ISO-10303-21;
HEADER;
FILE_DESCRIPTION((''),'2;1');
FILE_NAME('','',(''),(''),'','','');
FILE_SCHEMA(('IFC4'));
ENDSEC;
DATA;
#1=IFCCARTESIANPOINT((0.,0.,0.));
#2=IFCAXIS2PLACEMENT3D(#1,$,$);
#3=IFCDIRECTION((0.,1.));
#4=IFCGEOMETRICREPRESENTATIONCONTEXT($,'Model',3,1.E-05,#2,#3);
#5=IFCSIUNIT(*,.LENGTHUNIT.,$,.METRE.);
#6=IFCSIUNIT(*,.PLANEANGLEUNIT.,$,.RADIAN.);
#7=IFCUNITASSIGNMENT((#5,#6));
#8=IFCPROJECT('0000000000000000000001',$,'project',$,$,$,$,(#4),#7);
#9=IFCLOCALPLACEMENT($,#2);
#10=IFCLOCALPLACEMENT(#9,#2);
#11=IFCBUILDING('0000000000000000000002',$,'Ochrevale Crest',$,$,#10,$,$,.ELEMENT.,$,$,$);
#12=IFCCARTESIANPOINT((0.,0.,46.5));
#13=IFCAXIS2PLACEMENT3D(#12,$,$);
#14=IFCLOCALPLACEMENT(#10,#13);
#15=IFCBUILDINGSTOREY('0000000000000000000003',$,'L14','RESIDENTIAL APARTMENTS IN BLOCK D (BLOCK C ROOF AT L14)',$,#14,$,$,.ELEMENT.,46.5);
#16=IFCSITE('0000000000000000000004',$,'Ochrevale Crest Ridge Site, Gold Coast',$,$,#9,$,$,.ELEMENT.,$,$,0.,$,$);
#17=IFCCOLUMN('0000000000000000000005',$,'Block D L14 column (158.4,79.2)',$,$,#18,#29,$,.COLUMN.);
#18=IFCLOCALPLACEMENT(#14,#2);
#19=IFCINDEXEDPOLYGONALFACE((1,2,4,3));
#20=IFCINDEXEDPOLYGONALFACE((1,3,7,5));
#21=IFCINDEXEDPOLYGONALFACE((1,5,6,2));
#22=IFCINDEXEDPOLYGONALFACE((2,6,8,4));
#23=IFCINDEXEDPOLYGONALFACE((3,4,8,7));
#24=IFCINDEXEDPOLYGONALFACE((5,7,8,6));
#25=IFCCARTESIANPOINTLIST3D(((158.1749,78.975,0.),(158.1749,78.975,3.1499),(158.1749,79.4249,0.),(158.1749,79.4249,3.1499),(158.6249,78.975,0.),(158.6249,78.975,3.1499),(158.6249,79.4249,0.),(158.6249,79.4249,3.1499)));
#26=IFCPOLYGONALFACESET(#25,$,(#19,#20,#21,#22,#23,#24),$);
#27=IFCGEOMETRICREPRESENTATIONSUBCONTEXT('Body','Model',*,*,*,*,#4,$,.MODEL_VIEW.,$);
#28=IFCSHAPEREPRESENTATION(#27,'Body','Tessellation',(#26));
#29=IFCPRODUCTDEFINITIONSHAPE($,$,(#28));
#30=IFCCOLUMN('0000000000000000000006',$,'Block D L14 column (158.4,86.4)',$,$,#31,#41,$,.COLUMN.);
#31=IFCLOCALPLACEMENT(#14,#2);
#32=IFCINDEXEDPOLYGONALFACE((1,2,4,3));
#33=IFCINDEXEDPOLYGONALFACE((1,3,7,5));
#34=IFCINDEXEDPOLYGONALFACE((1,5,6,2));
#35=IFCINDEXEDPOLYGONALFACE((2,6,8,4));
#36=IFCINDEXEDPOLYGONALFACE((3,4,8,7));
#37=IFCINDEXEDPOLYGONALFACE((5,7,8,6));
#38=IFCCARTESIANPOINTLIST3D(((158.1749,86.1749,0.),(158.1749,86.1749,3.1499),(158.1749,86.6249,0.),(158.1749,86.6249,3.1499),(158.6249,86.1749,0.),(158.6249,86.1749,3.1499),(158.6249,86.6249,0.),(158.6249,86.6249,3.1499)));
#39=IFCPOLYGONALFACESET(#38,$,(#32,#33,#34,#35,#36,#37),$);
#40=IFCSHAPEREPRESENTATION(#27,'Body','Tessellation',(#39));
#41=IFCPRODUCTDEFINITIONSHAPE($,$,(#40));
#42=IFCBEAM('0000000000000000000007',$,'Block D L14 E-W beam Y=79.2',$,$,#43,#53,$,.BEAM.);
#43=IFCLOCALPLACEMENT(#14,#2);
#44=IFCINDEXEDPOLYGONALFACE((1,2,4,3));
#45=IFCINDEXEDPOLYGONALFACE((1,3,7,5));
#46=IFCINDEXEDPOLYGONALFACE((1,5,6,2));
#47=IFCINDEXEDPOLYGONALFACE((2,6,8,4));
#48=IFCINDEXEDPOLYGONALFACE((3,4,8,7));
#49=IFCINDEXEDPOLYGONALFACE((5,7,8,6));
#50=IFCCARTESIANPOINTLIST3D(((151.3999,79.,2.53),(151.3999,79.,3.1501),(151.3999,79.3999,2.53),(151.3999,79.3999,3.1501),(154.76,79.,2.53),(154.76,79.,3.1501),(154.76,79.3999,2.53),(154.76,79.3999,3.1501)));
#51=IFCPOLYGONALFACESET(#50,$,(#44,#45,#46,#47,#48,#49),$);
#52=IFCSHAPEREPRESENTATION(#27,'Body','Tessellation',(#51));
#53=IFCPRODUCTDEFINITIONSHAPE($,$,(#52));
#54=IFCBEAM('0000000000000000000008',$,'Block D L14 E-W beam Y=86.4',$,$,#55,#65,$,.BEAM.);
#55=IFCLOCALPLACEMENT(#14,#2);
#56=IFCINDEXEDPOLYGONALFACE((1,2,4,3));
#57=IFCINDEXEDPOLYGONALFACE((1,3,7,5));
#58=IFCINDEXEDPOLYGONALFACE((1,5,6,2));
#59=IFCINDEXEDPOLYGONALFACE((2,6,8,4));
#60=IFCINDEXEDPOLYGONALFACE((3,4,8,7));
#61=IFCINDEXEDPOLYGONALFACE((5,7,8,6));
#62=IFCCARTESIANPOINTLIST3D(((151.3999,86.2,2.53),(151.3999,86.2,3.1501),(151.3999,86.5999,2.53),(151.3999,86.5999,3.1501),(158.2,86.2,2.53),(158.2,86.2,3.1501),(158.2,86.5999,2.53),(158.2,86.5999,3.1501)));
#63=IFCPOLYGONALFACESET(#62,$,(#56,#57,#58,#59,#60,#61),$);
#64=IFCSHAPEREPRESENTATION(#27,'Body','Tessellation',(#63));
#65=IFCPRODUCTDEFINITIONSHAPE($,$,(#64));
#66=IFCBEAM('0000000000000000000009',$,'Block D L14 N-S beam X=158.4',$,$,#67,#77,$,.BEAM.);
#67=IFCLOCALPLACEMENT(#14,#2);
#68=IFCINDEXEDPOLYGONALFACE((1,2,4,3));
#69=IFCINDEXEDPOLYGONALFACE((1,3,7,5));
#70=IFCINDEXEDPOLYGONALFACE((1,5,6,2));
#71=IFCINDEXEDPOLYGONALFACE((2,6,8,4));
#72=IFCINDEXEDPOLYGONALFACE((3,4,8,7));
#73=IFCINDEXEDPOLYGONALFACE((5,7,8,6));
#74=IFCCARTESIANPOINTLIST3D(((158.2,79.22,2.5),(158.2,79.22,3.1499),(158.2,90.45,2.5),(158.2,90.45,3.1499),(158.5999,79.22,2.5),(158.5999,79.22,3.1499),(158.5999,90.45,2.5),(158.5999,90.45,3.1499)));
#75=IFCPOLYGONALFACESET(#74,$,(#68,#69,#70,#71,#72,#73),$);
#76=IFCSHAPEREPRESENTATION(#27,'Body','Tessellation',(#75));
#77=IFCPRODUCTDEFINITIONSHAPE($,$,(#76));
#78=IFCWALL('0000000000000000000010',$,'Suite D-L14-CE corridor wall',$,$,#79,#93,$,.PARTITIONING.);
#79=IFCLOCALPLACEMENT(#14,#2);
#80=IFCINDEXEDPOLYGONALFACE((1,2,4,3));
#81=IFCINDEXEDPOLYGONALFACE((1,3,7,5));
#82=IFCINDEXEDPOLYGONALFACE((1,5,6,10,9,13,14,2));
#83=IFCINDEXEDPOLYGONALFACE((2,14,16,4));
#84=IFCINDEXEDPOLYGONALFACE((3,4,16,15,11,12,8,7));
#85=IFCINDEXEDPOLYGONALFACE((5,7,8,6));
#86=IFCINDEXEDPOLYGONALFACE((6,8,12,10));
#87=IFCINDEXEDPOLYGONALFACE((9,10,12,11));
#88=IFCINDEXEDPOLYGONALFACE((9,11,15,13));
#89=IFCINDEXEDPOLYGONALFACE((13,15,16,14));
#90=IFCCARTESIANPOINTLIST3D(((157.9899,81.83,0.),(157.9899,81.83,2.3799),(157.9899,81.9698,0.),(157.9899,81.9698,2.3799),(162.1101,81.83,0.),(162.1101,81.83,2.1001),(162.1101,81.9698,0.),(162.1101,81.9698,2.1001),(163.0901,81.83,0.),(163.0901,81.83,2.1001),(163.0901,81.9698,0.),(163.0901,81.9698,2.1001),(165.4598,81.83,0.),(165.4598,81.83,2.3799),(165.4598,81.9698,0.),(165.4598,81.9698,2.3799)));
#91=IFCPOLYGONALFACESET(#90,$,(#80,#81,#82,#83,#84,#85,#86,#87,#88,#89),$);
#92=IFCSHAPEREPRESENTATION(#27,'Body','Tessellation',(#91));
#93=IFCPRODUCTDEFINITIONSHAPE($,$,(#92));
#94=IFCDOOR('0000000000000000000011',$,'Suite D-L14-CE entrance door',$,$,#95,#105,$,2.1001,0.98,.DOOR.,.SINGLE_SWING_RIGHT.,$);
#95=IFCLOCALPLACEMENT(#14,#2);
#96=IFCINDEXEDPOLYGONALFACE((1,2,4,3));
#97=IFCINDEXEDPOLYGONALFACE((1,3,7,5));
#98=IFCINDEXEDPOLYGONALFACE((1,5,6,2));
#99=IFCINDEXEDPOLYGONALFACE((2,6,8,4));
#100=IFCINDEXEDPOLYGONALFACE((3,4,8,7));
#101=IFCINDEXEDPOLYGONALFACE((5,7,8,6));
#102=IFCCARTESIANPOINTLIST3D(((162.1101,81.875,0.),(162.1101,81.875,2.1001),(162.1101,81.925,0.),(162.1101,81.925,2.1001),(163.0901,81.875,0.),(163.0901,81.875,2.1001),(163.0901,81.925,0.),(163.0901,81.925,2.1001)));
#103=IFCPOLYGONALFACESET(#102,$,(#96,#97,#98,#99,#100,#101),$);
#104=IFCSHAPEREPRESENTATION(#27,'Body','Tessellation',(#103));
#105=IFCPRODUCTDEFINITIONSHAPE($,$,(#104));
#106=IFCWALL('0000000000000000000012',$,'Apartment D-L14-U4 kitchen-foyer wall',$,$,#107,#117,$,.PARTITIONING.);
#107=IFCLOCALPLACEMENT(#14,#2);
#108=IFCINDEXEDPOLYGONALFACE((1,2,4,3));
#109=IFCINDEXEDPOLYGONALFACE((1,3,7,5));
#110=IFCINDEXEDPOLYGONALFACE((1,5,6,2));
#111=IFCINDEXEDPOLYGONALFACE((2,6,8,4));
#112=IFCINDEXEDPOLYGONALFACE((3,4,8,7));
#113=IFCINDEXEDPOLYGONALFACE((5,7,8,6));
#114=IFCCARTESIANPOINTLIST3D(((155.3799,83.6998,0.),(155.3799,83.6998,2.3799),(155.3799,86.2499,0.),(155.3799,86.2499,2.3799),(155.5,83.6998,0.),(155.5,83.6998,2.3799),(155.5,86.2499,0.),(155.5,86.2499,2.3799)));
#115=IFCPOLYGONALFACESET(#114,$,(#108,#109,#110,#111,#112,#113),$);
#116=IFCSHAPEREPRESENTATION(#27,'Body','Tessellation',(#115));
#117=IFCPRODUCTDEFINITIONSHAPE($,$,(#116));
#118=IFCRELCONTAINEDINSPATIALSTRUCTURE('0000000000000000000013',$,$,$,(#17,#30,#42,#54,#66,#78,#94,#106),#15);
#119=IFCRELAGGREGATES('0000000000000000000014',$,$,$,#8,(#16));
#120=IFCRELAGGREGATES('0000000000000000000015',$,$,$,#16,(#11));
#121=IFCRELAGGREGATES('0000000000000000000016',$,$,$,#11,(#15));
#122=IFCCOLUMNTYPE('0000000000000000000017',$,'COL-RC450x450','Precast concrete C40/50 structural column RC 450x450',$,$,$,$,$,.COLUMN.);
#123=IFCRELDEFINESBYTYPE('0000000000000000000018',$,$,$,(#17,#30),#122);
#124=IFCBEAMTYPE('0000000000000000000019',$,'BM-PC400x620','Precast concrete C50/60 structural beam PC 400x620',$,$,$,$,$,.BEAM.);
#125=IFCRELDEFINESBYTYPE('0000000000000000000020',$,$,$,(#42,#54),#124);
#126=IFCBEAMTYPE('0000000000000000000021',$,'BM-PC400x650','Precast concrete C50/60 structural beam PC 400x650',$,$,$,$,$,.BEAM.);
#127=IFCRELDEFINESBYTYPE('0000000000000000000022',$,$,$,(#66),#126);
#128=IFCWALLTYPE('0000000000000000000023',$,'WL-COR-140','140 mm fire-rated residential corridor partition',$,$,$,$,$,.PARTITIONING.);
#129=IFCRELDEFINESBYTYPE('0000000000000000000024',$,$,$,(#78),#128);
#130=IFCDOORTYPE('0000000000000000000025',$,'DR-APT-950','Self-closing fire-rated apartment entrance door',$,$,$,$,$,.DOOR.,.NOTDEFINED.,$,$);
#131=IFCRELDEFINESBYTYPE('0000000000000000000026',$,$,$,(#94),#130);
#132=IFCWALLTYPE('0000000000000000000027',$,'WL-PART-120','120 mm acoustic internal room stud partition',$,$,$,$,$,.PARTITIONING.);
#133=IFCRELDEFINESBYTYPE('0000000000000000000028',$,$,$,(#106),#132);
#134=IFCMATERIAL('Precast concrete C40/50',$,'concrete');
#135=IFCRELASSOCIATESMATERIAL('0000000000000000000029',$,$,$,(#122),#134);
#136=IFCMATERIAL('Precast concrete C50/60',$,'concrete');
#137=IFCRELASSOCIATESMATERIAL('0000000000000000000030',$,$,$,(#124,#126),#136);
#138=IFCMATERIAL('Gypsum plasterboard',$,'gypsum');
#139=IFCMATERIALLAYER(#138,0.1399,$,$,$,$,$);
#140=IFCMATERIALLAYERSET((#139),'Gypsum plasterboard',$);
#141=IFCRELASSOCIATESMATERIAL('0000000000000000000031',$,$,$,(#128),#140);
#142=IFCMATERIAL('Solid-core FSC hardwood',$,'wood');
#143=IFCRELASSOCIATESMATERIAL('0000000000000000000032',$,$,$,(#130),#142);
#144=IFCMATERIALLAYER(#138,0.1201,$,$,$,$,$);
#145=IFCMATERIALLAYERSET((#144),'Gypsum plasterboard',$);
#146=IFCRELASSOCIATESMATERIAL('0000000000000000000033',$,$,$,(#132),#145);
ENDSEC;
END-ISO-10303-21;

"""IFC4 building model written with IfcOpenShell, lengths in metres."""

from ifc_helpers import new_model, si_unit, direction, frame, frame_2d, origin, origin_2d, place, context, subcontext, project, spatial, rectangle, extrude, material, layer, layer_set, material_profile, profile_set, type_object, element, fill, save


model = new_model("IFC4")

# Units and contexts
model_context = context("Model", 3, precision=1e-05, world=origin(), true_north=direction((0.0, 1.0)))
body_context = subcontext(model_context, "Body", "Model", "MODEL_VIEW")
ifc_project = project(units=[si_unit("LENGTHUNIT", "METRE"), si_unit("PLANEANGLEUNIT", "RADIAN")], contexts=[model_context])

# Site, building, storey
site_placement = place(None, origin())
site = spatial("IfcSite", under=ifc_project, at=site_placement, Name="Ochrevale Crest Ridge Site, Gold Coast", CompositionType="ELEMENT", RefElevation=0.0)
building_placement = place(site_placement, origin())
building = spatial("IfcBuilding", under=site, at=building_placement, Name="Ochrevale Crest", CompositionType="ELEMENT")
storey_placement = place(building_placement, frame((0.0, 0.0, 46.5)))
storey = spatial("IfcBuildingStorey", under=building, at=storey_placement, Name="L14", Description="RESIDENTIAL APARTMENTS IN BLOCK D (BLOCK C ROOF AT L14)", CompositionType="ELEMENT", Elevation=46.5)

# Columns
ifc_material_1 = material(Name="Precast concrete C40/50", Category="concrete")
ifc_material_profile_1 = material_profile(ifc_material_1, rectangle(XDim=0.45, YDim=0.45, at=origin_2d()), Name="RC 450x450")
ifc_profile_set_1 = profile_set([ifc_material_profile_1], Name="Precast concrete C40/50")
column_type = type_object("IfcColumnType", Name="COL-RC450x450", Description="Precast concrete C40/50 structural column RC 450x450", PredefinedType="COLUMN", material=ifc_profile_set_1)
for number, where, z_axis, x_axis, name in (
    (1, (158.3999, 79.2, 0.0), (0.0, 0.0, 1.0), (1.0, 0.0, 0.0), "Block D L14 column (158.4,79.2)"),
    (2, (158.3999, 86.3999, 0.0), (0.0, 0.0, 1.0), (1.0, 0.0, 0.0), "Block D L14 column (158.4,86.4)"),
):
    element("IfcColumn", number, at=place(storey_placement, frame(where, z_axis=z_axis, x_axis=x_axis)), inside=storey, type_object=column_type, Name=name, PredefinedType="COLUMN", context=body_context, shape_type="SweptSolid", body=[
        extrude(rectangle(XDim=0.45, YDim=0.45, at=origin_2d()), origin(), (0.0, 0.0, 1.0), 3.1499),
    ])

# Beams
ifc_material_2 = material(Name="Precast concrete C50/60", Category="concrete")
ifc_material_profile_2 = material_profile(ifc_material_2, rectangle(XDim=0.3999, YDim=0.6201, at=origin_2d()), Name="PC 400x620")
ifc_profile_set_2 = profile_set([ifc_material_profile_2], Name="Precast concrete C50/60")
beam_type_1 = type_object("IfcBeamType", Name="BM-PC400x620", Description="Precast concrete C50/60 structural beam PC 400x620", PredefinedType="BEAM", material=ifc_profile_set_2)
beam_1_placement = place(storey_placement, frame((151.3999, 79.2, 2.8401), z_axis=(1.0, 0.0, 0.0), x_axis=(0.0, 1.0, 0.0)))
element("IfcBeam", 3, at=beam_1_placement, inside=storey, type_object=beam_type_1, Name="Block D L14 E-W beam Y=79.2", PredefinedType="BEAM", context=body_context, shape_type="SweptSolid", body=[
    extrude(rectangle(XDim=0.3999, YDim=0.6201, at=origin_2d()), origin(), (0.0, 0.0, 1.0), 3.3601),
])
beam_2_placement = place(storey_placement, frame((151.3999, 86.3999, 2.8401), z_axis=(1.0, 0.0, 0.0), x_axis=(0.0, 1.0, 0.0)))
element("IfcBeam", 4, at=beam_2_placement, inside=storey, type_object=beam_type_1, Name="Block D L14 E-W beam Y=86.4", PredefinedType="BEAM", context=body_context, shape_type="SweptSolid", body=[
    extrude(rectangle(XDim=0.3999, YDim=0.6201, at=origin_2d()), origin(), (0.0, 0.0, 1.0), 6.8),
])
ifc_material_profile_3 = material_profile(ifc_material_2, rectangle(XDim=0.3999, YDim=0.6499, at=origin_2d()), Name="PC 400x650")
ifc_profile_set_3 = profile_set([ifc_material_profile_3], Name="Precast concrete C50/60")
beam_type_2 = type_object("IfcBeamType", Name="BM-PC400x650", Description="Precast concrete C50/60 structural beam PC 400x650", PredefinedType="BEAM", material=ifc_profile_set_3)
beam_3_placement = place(storey_placement, frame((158.3999, 79.22, 2.825), z_axis=(0.0, 1.0, 0.0), x_axis=(-1.0, 0.0, 0.0)))
element("IfcBeam", 5, at=beam_3_placement, inside=storey, type_object=beam_type_2, Name="Block D L14 N-S beam X=158.4", PredefinedType="BEAM", context=body_context, shape_type="SweptSolid", body=[
    extrude(rectangle(XDim=0.3999, YDim=0.6499, at=origin_2d()), origin(), (0.0, 0.0, 1.0), 11.23),
])

# Wall, opening, door
ifc_material_3 = material(Name="Gypsum plasterboard", Category="gypsum")
ifc_layer_1 = layer(ifc_material_3, 0.1399)
ifc_layer_set_1 = layer_set([ifc_layer_1], Name="Gypsum plasterboard")
wall_type_1 = type_object("IfcWallType", Name="WL-COR-140", Description="140 mm fire-rated residential corridor partition", PredefinedType="PARTITIONING", material=ifc_layer_set_1)
wall_1_placement = place(storey_placement, frame((157.99, 81.8999, 0.0), z_axis=(0.0, 0.0, 1.0), x_axis=(1.0, 0.0, 0.0)))
wall_1 = element("IfcWall", 6, at=wall_1_placement, inside=storey, type_object=wall_type_1, Name="Suite D-L14-CE corridor wall", PredefinedType="PARTITIONING", context=body_context, shape_type="SweptSolid", body=[
    extrude(rectangle(XDim=7.47, YDim=0.1399, at=frame_2d((3.7349, 0.0))), origin(), (0.0, 0.0, 1.0), 2.3799),
])
opening_1_placement = place(wall_1_placement, frame((5.1001, 0.0, 0.0), z_axis=(0.0, 0.0, 1.0), x_axis=(-1.0, 0.0, 0.0)))
opening_1 = element("IfcOpeningElement", 7, at=opening_1_placement, cuts=wall_1, PredefinedType="OPENING", context=body_context, shape_type="SweptSolid", body=[
    extrude(rectangle(XDim=0.98, YDim=2.1001, at=frame_2d((0.49, 1.05))), frame((0.0, 0.0801, 0.0), z_axis=(0.0, -1.0, 0.0), x_axis=(1.0, 0.0, 0.0)), (0.0, 0.0, 1.0), 0.1599),
])
ifc_material_4 = material(Name="Solid-core FSC hardwood", Category="wood")
door_type_1 = type_object("IfcDoorType", Name="DR-APT-950", Description="Self-closing fire-rated apartment entrance door", OperationType="NOTDEFINED", PredefinedType="DOOR", material=ifc_material_4)
door_1_placement = place(opening_1_placement, origin())
door_1 = element("IfcDoor", 8, at=door_1_placement, inside=storey, type_object=door_type_1, Name="Suite D-L14-CE entrance door", OperationType="SINGLE_SWING_RIGHT", OverallHeight=2.1001, OverallWidth=0.98, PredefinedType="DOOR", context=body_context, shape_type="SweptSolid", body=[
    extrude(rectangle(XDim=0.98, YDim=2.1001, at=frame_2d((0.49, 1.05))), frame((0.0, 0.0249, 0.0), z_axis=(0.0, -1.0, 0.0), x_axis=(1.0, 0.0, 0.0)), (0.0, 0.0, 1.0), 0.05),
])
fill(opening_1, door_1)

# Wall
ifc_layer_2 = layer(ifc_material_3, 0.1201)
ifc_layer_set_2 = layer_set([ifc_layer_2], Name="Gypsum plasterboard")
wall_type_2 = type_object("IfcWallType", Name="WL-PART-120", Description="120 mm acoustic internal room stud partition", PredefinedType="PARTITIONING", material=ifc_layer_set_2)
wall_2_placement = place(storey_placement, frame((155.4399, 83.7, 0.0), z_axis=(0.0, 0.0, 1.0), x_axis=(0.0, 1.0, 0.0)))
element("IfcWall", 9, at=wall_2_placement, inside=storey, type_object=wall_type_2, Name="Apartment D-L14-U4 kitchen-foyer wall", PredefinedType="PARTITIONING", context=body_context, shape_type="SweptSolid", body=[
    extrude(rectangle(XDim=2.55, YDim=0.1201, at=frame_2d((1.2749, 0.0))), origin(), (0.0, 0.0, 1.0), 2.3799),
])

save(model, "model.ifc")
